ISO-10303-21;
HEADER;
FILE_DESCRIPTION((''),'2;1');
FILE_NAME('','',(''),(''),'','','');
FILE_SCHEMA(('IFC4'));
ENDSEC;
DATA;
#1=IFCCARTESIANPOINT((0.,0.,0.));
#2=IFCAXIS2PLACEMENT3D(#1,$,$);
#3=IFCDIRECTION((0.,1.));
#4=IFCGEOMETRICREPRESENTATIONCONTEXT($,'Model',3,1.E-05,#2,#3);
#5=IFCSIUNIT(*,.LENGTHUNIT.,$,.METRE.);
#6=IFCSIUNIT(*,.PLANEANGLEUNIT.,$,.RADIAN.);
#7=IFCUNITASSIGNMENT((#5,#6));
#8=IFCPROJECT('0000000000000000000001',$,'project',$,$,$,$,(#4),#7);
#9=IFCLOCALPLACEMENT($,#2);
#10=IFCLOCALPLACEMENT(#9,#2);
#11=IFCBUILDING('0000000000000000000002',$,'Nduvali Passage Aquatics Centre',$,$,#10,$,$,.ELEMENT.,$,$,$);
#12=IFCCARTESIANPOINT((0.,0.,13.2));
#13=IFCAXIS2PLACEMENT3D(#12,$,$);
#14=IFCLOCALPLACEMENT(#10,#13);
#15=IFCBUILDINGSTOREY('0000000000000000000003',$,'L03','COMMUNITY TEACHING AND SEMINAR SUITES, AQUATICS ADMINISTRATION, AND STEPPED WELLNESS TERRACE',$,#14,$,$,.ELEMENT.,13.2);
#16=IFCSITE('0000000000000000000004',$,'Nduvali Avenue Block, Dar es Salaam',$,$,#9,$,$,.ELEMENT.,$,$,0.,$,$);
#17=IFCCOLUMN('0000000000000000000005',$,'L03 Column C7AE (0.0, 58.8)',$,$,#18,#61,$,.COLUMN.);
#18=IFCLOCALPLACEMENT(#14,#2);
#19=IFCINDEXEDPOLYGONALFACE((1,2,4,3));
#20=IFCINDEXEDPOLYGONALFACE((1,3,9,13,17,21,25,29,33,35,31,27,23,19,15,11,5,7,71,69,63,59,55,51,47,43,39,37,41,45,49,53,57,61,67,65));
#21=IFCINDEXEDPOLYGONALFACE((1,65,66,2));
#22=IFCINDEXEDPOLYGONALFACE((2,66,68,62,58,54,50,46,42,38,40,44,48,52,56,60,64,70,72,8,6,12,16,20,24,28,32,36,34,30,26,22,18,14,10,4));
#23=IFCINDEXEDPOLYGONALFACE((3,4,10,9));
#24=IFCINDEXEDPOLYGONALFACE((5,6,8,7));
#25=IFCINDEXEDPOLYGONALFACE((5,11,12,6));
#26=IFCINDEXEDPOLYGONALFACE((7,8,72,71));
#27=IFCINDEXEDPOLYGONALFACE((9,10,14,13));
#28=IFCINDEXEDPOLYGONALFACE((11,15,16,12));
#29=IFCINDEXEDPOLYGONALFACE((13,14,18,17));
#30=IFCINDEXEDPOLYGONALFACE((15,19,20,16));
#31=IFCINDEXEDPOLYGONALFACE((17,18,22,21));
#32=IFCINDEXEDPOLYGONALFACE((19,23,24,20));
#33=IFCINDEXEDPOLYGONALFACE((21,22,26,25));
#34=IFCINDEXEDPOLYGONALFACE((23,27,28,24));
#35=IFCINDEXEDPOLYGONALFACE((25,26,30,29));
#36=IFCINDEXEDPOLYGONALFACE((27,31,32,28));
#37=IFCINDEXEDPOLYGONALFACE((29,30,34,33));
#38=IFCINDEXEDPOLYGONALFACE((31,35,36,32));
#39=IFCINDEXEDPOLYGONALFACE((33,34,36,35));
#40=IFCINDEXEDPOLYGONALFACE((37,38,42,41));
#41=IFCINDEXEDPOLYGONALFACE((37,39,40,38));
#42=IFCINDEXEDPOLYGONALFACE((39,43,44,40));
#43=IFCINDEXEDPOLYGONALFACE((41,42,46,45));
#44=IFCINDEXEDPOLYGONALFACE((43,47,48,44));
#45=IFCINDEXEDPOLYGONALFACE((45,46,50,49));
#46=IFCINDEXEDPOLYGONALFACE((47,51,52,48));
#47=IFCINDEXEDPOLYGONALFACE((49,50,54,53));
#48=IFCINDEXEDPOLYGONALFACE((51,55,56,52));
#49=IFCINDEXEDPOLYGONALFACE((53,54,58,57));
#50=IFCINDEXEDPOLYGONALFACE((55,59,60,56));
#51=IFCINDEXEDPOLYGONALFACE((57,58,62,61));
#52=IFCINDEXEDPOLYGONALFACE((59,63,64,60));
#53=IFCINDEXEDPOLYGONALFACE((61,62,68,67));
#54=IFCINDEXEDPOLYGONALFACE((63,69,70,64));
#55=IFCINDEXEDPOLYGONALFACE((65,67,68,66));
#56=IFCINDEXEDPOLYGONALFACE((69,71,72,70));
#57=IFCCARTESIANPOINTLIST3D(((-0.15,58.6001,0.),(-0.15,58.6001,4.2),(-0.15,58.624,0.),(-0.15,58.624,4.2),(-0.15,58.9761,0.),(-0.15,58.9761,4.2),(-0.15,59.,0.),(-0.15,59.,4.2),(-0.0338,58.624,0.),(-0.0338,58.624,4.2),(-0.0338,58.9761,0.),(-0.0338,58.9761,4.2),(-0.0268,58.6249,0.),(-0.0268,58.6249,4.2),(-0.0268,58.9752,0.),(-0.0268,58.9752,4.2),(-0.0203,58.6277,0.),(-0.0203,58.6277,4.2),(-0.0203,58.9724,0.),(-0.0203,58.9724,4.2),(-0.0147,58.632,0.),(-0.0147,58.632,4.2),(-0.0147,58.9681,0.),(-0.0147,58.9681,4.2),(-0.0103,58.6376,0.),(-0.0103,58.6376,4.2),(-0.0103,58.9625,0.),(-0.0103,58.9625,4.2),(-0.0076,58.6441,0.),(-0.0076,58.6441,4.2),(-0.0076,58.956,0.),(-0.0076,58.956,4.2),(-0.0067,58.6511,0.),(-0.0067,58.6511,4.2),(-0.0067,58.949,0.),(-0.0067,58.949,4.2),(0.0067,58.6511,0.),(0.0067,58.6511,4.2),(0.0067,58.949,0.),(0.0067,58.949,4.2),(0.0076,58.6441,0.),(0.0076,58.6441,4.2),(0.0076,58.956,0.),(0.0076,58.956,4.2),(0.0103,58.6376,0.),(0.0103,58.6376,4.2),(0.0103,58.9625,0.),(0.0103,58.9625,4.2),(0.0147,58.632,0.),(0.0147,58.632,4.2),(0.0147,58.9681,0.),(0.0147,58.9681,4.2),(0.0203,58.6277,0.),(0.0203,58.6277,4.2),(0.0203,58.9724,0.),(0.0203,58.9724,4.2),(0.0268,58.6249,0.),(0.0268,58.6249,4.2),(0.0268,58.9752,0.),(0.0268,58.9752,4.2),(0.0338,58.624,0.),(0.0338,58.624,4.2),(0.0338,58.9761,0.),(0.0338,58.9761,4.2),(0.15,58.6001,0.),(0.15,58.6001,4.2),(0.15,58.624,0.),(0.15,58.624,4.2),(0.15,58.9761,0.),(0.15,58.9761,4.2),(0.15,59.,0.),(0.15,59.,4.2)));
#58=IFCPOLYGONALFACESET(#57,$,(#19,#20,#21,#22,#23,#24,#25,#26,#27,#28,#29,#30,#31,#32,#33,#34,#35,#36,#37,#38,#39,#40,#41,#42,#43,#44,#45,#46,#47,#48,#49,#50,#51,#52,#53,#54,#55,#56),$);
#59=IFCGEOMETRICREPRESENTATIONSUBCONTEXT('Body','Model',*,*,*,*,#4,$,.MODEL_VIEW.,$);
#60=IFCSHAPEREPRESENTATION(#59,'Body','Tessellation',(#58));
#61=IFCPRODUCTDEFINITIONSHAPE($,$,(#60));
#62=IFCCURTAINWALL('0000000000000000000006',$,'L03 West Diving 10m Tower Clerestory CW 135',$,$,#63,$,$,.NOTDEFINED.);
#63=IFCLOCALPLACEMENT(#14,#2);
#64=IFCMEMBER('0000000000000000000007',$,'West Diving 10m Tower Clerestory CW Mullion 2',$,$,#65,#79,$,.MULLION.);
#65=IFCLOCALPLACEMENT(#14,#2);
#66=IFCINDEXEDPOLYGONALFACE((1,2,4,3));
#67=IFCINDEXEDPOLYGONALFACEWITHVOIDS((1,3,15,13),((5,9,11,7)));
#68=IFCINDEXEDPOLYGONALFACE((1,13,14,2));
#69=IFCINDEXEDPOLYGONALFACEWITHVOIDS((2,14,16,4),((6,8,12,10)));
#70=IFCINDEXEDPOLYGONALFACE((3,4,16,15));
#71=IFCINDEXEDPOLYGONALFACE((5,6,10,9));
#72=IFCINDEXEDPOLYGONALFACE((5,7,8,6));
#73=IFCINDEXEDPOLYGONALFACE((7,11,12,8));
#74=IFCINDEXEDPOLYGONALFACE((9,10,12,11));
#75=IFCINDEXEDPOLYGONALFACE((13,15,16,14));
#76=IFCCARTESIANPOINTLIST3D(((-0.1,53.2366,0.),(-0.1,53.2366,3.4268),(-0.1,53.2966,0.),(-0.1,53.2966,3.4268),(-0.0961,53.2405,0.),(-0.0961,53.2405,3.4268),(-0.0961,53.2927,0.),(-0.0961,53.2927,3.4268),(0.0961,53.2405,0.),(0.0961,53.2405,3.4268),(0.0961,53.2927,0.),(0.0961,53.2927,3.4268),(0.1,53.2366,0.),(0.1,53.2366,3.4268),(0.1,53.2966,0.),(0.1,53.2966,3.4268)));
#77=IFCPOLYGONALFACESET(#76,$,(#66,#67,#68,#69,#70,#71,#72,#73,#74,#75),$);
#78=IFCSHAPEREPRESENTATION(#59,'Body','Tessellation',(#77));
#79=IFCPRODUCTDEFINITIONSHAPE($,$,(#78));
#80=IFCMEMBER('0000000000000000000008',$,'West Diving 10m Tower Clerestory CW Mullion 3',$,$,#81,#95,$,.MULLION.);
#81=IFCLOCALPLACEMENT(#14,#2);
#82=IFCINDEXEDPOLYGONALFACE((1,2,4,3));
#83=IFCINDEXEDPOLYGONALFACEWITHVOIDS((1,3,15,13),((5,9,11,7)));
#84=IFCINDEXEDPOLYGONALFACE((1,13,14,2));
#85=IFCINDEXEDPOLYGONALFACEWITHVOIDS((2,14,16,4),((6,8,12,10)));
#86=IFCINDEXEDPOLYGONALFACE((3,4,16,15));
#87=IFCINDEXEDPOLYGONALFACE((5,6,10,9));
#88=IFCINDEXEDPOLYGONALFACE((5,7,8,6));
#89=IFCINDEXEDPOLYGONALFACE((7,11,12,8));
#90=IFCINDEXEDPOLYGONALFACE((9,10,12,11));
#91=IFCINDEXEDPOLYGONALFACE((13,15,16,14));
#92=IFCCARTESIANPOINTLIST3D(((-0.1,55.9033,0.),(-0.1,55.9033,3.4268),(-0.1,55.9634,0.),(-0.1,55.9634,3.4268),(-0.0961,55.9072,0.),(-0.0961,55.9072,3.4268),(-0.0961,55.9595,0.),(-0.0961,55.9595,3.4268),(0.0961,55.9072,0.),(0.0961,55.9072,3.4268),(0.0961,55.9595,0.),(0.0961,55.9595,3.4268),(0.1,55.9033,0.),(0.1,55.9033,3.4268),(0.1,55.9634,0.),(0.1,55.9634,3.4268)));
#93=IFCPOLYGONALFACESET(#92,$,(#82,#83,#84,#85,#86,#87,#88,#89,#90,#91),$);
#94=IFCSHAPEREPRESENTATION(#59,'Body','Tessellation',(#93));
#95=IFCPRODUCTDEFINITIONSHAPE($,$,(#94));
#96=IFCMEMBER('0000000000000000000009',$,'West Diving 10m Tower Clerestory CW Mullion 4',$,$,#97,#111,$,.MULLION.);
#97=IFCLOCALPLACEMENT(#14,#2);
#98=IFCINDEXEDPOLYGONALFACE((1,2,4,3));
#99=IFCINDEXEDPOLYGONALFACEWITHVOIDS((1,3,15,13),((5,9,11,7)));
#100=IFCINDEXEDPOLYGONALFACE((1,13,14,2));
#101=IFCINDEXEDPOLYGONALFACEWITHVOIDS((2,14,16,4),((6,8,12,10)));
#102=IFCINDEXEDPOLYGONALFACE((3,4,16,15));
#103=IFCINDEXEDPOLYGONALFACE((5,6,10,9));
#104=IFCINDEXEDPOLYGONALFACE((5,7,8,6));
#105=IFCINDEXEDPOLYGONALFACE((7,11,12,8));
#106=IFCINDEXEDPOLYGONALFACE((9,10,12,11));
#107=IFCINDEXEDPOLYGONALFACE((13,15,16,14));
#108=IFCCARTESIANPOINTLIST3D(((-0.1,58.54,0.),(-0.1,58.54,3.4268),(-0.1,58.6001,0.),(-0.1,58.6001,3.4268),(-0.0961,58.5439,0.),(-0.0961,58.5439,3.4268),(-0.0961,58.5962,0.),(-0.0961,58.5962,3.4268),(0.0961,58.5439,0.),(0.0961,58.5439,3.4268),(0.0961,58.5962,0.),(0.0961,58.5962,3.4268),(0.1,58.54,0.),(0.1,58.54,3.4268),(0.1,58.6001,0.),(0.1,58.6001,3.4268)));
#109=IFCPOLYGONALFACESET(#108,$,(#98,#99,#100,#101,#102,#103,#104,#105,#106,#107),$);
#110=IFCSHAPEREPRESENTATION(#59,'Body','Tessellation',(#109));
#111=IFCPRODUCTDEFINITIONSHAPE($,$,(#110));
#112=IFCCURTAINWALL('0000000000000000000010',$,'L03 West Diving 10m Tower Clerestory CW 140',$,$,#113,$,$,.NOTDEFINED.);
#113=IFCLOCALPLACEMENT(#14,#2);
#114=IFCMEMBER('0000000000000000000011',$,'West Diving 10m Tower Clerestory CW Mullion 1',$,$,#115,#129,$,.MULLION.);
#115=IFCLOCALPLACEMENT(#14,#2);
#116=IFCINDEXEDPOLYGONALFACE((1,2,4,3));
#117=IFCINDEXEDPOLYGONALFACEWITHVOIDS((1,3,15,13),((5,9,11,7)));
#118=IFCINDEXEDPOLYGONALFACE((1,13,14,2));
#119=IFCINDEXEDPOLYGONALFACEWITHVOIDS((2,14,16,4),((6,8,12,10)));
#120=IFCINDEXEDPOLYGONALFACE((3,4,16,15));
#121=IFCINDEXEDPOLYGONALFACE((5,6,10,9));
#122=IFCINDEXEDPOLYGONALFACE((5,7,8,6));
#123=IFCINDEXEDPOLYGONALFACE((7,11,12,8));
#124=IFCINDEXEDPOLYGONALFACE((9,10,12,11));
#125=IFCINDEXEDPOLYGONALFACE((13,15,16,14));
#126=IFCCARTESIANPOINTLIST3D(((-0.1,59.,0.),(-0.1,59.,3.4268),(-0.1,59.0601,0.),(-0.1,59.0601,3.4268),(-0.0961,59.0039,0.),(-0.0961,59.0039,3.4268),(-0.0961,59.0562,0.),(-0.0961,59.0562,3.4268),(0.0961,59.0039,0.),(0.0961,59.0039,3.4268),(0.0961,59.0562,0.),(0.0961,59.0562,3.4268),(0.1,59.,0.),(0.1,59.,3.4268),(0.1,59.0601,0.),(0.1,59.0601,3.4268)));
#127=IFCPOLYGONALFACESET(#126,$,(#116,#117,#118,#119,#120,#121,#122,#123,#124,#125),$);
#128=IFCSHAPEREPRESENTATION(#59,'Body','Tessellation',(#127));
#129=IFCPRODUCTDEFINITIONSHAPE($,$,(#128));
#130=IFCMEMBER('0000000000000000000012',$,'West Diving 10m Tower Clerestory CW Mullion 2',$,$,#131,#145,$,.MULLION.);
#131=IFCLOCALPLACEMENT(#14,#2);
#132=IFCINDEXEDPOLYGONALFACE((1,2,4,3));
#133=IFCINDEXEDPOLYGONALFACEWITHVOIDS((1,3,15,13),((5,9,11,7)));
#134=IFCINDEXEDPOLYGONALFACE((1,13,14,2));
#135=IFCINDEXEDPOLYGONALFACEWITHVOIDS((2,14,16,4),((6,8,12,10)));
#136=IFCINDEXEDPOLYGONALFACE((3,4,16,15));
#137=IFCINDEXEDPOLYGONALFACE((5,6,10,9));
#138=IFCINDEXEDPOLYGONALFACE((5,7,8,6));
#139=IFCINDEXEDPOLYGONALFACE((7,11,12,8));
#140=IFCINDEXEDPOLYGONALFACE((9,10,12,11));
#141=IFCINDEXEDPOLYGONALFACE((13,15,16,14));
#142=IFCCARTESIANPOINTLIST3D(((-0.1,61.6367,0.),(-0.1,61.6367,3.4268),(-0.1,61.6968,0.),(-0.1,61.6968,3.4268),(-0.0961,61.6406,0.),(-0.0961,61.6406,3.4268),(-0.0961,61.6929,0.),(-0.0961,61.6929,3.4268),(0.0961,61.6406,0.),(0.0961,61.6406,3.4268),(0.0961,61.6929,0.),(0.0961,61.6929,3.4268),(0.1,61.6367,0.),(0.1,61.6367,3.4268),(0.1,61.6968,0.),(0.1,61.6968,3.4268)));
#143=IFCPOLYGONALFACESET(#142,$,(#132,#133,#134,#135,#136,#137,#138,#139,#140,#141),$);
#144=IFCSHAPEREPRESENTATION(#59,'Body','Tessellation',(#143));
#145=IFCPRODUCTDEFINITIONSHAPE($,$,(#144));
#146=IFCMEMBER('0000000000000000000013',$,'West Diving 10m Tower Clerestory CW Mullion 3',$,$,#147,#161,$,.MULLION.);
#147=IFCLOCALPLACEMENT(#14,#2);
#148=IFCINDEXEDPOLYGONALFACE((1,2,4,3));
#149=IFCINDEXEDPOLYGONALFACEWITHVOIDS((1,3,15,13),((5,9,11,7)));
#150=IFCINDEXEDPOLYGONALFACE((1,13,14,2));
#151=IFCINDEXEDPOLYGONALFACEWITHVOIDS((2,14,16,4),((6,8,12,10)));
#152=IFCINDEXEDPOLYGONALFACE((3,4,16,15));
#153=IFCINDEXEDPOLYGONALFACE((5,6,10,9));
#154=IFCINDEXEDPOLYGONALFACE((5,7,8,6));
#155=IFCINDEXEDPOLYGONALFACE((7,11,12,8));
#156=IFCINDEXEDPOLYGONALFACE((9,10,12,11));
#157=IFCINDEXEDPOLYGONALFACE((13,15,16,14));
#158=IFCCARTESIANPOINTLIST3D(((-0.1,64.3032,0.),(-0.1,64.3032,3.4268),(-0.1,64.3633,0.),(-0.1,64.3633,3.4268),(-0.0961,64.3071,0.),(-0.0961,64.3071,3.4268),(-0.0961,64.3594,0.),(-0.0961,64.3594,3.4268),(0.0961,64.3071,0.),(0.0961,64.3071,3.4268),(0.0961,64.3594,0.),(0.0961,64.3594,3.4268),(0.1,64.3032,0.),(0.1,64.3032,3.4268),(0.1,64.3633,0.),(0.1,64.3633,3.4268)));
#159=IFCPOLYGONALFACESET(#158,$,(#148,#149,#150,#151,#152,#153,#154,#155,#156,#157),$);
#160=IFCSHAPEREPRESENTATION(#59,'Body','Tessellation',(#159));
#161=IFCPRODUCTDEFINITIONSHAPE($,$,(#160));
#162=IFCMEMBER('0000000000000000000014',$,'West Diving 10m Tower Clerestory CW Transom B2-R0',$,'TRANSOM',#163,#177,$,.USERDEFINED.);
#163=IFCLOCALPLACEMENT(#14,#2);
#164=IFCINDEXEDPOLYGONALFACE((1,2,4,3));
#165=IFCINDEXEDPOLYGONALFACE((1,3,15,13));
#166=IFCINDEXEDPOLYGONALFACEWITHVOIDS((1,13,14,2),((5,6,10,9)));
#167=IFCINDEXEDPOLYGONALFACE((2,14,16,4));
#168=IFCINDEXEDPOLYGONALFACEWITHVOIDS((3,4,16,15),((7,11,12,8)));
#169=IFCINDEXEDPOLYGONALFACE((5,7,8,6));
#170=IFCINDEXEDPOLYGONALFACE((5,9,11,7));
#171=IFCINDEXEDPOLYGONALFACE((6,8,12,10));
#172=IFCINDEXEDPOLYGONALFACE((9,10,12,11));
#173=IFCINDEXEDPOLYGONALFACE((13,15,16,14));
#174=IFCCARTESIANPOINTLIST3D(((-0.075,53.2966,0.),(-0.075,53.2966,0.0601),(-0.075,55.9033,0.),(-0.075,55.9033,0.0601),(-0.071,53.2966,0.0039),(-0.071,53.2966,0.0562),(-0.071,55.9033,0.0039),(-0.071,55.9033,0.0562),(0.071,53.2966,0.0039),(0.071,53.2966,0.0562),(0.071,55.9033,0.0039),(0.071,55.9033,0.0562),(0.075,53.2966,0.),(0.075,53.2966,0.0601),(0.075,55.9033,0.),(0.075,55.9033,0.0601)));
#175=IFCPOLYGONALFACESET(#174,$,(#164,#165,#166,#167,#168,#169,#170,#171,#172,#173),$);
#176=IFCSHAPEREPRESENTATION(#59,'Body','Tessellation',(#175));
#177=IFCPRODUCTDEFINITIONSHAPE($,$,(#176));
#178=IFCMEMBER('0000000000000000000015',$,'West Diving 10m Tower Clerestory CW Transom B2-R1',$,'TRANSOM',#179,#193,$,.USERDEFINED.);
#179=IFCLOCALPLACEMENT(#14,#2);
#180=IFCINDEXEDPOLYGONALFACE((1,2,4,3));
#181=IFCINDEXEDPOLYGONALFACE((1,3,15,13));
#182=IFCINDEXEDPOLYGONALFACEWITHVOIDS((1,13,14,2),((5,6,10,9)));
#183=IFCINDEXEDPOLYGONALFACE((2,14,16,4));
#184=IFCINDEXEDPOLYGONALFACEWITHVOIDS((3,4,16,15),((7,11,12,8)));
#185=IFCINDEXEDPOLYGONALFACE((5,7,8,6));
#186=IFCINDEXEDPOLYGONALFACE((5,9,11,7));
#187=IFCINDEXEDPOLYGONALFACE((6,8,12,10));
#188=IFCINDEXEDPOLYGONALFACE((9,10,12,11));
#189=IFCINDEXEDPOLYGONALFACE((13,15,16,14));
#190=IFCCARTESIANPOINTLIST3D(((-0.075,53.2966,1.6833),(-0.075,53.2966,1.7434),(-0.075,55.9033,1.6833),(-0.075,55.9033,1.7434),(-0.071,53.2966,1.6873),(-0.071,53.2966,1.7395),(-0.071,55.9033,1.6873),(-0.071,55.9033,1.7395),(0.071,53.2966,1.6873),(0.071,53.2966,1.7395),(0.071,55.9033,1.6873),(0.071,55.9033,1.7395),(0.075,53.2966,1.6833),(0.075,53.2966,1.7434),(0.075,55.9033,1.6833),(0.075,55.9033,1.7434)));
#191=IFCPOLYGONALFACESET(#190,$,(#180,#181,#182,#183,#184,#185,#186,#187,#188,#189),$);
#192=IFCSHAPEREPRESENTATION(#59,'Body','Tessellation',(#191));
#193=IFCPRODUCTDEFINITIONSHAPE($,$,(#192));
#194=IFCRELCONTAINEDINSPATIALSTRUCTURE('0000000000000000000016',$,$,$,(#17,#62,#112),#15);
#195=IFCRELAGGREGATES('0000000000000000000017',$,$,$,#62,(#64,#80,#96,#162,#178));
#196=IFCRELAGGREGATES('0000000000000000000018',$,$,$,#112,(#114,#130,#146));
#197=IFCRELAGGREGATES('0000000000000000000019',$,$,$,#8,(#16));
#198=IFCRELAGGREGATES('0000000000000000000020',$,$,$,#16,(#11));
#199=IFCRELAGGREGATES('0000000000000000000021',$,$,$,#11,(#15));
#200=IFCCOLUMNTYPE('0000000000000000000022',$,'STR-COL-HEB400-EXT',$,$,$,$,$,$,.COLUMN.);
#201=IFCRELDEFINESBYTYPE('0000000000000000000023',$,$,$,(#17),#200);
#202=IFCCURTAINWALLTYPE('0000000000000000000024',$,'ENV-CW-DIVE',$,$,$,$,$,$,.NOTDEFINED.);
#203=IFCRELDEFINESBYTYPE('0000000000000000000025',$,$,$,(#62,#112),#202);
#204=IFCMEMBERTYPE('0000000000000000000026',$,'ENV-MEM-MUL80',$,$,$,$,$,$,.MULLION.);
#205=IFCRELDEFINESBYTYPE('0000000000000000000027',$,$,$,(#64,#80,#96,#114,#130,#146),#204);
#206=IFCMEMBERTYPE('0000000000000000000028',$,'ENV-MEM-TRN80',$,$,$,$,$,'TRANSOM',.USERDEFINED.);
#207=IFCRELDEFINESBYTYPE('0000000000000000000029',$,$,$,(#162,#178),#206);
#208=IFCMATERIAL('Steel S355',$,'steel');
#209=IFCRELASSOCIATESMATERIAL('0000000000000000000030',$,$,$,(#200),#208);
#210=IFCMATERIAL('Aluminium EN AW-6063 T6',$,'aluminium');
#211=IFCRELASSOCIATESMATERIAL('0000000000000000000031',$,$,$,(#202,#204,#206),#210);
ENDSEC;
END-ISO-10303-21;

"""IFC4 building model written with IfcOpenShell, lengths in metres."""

from ifc_helpers import new_model, si_unit, direction, frame, origin, origin_2d, place, context, subcontext, project, spatial, hollow_rectangle, i_section, extrude, material, material_profile, profile_set, type_object, element, aggregate, save


model = new_model("IFC4")

# Units and contexts
model_context = context("Model", 3, precision=1e-05, world=origin(), true_north=direction((0.0, 1.0)))
body_context = subcontext(model_context, "Body", "Model", "MODEL_VIEW")
ifc_project = project(units=[si_unit("LENGTHUNIT", "METRE"), si_unit("PLANEANGLEUNIT", "RADIAN")], contexts=[model_context])

# Site, building, storey
site_placement = place(None, origin())
site = spatial("IfcSite", under=ifc_project, at=site_placement, Name="Nduvali Avenue Block, Dar es Salaam", CompositionType="ELEMENT", RefElevation=0.0)
building_placement = place(site_placement, origin())
building = spatial("IfcBuilding", under=site, at=building_placement, Name="Nduvali Passage Aquatics Centre", CompositionType="ELEMENT")
storey_placement = place(building_placement, frame((0.0, 0.0, 13.2)))
storey = spatial("IfcBuildingStorey", under=building, at=storey_placement, Name="L03", Description="COMMUNITY TEACHING AND SEMINAR SUITES, AQUATICS ADMINISTRATION, AND STEPPED WELLNESS TERRACE", CompositionType="ELEMENT", Elevation=13.2)

# Column
ifc_material_1 = material(Name="Steel S355", Category="steel")
ifc_material_profile_1 = material_profile(ifc_material_1, i_section(OverallWidth=0.3, OverallDepth=0.3999, WebThickness=0.0134, FlangeThickness=0.0239, FilletRadius=0.0271, at=origin_2d()), Name="HEB 400")
ifc_profile_set_1 = profile_set([ifc_material_profile_1], Name="Steel S355")
column_type = type_object("IfcColumnType", Name="STR-COL-HEB400-EXT", PredefinedType="COLUMN", material=ifc_profile_set_1)
column_placement = place(storey_placement, frame((0.0, 58.8, 0.0), z_axis=(0.0, 0.0, 1.0), x_axis=(1.0, 0.0, 0.0)))
element("IfcColumn", 1, at=column_placement, inside=storey, type_object=column_type, Name="L03 Column C7AE (0.0, 58.8)", PredefinedType="COLUMN", context=body_context, shape_type="SweptSolid", body=[
    extrude(i_section(OverallWidth=0.3, OverallDepth=0.3999, WebThickness=0.0134, FlangeThickness=0.0239, FilletRadius=0.0271, at=origin_2d()), origin(), (0.0, 0.0, 1.0), 4.2),
])

# Curtain walls, members
ifc_material_2 = material(Name="Aluminium EN AW-6063 T6", Category="aluminium")
curtain_wall_type = type_object("IfcCurtainWallType", Name="ENV-CW-DIVE", PredefinedType="NOTDEFINED", material=ifc_material_2)
curtain_wall_1_placement = place(storey_placement, origin())
curtain_wall_1 = element("IfcCurtainWall", 2, at=curtain_wall_1_placement, inside=storey, type_object=curtain_wall_type, Name="L03 West Diving 10m Tower Clerestory CW 135", PredefinedType="NOTDEFINED")
ifc_material_profile_2 = material_profile(ifc_material_2, hollow_rectangle(XDim=0.0601, YDim=0.2, WallThickness=0.0039, at=origin_2d()), Name="ALU MULLION 60x200x4")
ifc_profile_set_2 = profile_set([ifc_material_profile_2], Name="Aluminium EN AW-6063 T6")
member_type_1 = type_object("IfcMemberType", Name="ENV-MEM-MUL80", PredefinedType="MULLION", material=ifc_profile_set_2)
member_1_placement = place(storey_placement, frame((0.0, 53.2666, 0.0), z_axis=(0.0, 0.0, 1.0), x_axis=(0.0, 1.0, 0.0)))
member_1 = element("IfcMember", 3, at=member_1_placement, type_object=member_type_1, Name="West Diving 10m Tower Clerestory CW Mullion 2", PredefinedType="MULLION", context=body_context, shape_type="SweptSolid", body=[
    extrude(hollow_rectangle(XDim=0.0601, YDim=0.2, WallThickness=0.0039, at=origin_2d()), origin(), (0.0, 0.0, 1.0), 3.4268),
])
member_2_placement = place(storey_placement, frame((0.0, 55.9333, 0.0), z_axis=(0.0, 0.0, 1.0), x_axis=(0.0, 1.0, 0.0)))
member_2 = element("IfcMember", 4, at=member_2_placement, type_object=member_type_1, Name="West Diving 10m Tower Clerestory CW Mullion 3", PredefinedType="MULLION", context=body_context, shape_type="SweptSolid", body=[
    extrude(hollow_rectangle(XDim=0.0601, YDim=0.2, WallThickness=0.0039, at=origin_2d()), origin(), (0.0, 0.0, 1.0), 3.4268),
])
member_3_placement = place(storey_placement, frame((0.0, 58.5701, 0.0), z_axis=(0.0, 0.0, 1.0), x_axis=(0.0, 1.0, 0.0)))
member_3 = element("IfcMember", 5, at=member_3_placement, type_object=member_type_1, Name="West Diving 10m Tower Clerestory CW Mullion 4", PredefinedType="MULLION", context=body_context, shape_type="SweptSolid", body=[
    extrude(hollow_rectangle(XDim=0.0601, YDim=0.2, WallThickness=0.0039, at=origin_2d()), origin(), (0.0, 0.0, 1.0), 3.4268),
])
curtain_wall_2_placement = place(storey_placement, origin())
curtain_wall_2 = element("IfcCurtainWall", 6, at=curtain_wall_2_placement, inside=storey, type_object=curtain_wall_type, Name="L03 West Diving 10m Tower Clerestory CW 140", PredefinedType="NOTDEFINED")
member_4_placement = place(storey_placement, frame((0.0, 59.03, 0.0), z_axis=(0.0, 0.0, 1.0), x_axis=(0.0, 1.0, 0.0)))
member_4 = element("IfcMember", 7, at=member_4_placement, type_object=member_type_1, Name="West Diving 10m Tower Clerestory CW Mullion 1", PredefinedType="MULLION", context=body_context, shape_type="SweptSolid", body=[
    extrude(hollow_rectangle(XDim=0.0601, YDim=0.2, WallThickness=0.0039, at=origin_2d()), origin(), (0.0, 0.0, 1.0), 3.4268),
])
member_5_placement = place(storey_placement, frame((0.0, 61.6667, 0.0), z_axis=(0.0, 0.0, 1.0), x_axis=(0.0, 1.0, 0.0)))
member_5 = element("IfcMember", 8, at=member_5_placement, type_object=member_type_1, Name="West Diving 10m Tower Clerestory CW Mullion 2", PredefinedType="MULLION", context=body_context, shape_type="SweptSolid", body=[
    extrude(hollow_rectangle(XDim=0.0601, YDim=0.2, WallThickness=0.0039, at=origin_2d()), origin(), (0.0, 0.0, 1.0), 3.4268),
])
member_6_placement = place(storey_placement, frame((0.0, 64.3333, 0.0), z_axis=(0.0, 0.0, 1.0), x_axis=(0.0, 1.0, 0.0)))
member_6 = element("IfcMember", 9, at=member_6_placement, type_object=member_type_1, Name="West Diving 10m Tower Clerestory CW Mullion 3", PredefinedType="MULLION", context=body_context, shape_type="SweptSolid", body=[
    extrude(hollow_rectangle(XDim=0.0601, YDim=0.2, WallThickness=0.0039, at=origin_2d()), origin(), (0.0, 0.0, 1.0), 3.4268),
])

# Members
ifc_material_profile_3 = material_profile(ifc_material_2, hollow_rectangle(XDim=0.1499, YDim=0.0601, WallThickness=0.0039, at=origin_2d()), Name="ALU TRANSOM 150x60x4")
ifc_profile_set_3 = profile_set([ifc_material_profile_3], Name="Aluminium EN AW-6063 T6")
member_type_2 = type_object("IfcMemberType", Name="ENV-MEM-TRN80", ElementType="TRANSOM", PredefinedType="USERDEFINED", material=ifc_profile_set_3)
member_7_placement = place(storey_placement, frame((0.0, 53.2966, 0.03), z_axis=(0.0, 1.0, 0.0), x_axis=(-1.0, 0.0, 0.0)))
member_7 = element("IfcMember", 10, at=member_7_placement, type_object=member_type_2, Name="West Diving 10m Tower Clerestory CW Transom B2-R0", ObjectType="TRANSOM", PredefinedType="USERDEFINED", context=body_context, shape_type="SweptSolid", body=[
    extrude(hollow_rectangle(XDim=0.1499, YDim=0.0601, WallThickness=0.0039, at=origin_2d()), origin(), (0.0, 0.0, 1.0), 2.6067),
])
member_8_placement = place(storey_placement, frame((0.0, 53.2966, 1.7134), z_axis=(0.0, 1.0, 0.0), x_axis=(-1.0, 0.0, 0.0)))
member_8 = element("IfcMember", 11, at=member_8_placement, type_object=member_type_2, Name="West Diving 10m Tower Clerestory CW Transom B2-R1", ObjectType="TRANSOM", PredefinedType="USERDEFINED", context=body_context, shape_type="SweptSolid", body=[
    extrude(hollow_rectangle(XDim=0.1499, YDim=0.0601, WallThickness=0.0039, at=origin_2d()), origin(), (0.0, 0.0, 1.0), 2.6067),
])

aggregate(curtain_wall_1, [member_1, member_2, member_3, member_7, member_8])
aggregate(curtain_wall_2, [member_4, member_5, member_6])

save(model, "model.ifc")
